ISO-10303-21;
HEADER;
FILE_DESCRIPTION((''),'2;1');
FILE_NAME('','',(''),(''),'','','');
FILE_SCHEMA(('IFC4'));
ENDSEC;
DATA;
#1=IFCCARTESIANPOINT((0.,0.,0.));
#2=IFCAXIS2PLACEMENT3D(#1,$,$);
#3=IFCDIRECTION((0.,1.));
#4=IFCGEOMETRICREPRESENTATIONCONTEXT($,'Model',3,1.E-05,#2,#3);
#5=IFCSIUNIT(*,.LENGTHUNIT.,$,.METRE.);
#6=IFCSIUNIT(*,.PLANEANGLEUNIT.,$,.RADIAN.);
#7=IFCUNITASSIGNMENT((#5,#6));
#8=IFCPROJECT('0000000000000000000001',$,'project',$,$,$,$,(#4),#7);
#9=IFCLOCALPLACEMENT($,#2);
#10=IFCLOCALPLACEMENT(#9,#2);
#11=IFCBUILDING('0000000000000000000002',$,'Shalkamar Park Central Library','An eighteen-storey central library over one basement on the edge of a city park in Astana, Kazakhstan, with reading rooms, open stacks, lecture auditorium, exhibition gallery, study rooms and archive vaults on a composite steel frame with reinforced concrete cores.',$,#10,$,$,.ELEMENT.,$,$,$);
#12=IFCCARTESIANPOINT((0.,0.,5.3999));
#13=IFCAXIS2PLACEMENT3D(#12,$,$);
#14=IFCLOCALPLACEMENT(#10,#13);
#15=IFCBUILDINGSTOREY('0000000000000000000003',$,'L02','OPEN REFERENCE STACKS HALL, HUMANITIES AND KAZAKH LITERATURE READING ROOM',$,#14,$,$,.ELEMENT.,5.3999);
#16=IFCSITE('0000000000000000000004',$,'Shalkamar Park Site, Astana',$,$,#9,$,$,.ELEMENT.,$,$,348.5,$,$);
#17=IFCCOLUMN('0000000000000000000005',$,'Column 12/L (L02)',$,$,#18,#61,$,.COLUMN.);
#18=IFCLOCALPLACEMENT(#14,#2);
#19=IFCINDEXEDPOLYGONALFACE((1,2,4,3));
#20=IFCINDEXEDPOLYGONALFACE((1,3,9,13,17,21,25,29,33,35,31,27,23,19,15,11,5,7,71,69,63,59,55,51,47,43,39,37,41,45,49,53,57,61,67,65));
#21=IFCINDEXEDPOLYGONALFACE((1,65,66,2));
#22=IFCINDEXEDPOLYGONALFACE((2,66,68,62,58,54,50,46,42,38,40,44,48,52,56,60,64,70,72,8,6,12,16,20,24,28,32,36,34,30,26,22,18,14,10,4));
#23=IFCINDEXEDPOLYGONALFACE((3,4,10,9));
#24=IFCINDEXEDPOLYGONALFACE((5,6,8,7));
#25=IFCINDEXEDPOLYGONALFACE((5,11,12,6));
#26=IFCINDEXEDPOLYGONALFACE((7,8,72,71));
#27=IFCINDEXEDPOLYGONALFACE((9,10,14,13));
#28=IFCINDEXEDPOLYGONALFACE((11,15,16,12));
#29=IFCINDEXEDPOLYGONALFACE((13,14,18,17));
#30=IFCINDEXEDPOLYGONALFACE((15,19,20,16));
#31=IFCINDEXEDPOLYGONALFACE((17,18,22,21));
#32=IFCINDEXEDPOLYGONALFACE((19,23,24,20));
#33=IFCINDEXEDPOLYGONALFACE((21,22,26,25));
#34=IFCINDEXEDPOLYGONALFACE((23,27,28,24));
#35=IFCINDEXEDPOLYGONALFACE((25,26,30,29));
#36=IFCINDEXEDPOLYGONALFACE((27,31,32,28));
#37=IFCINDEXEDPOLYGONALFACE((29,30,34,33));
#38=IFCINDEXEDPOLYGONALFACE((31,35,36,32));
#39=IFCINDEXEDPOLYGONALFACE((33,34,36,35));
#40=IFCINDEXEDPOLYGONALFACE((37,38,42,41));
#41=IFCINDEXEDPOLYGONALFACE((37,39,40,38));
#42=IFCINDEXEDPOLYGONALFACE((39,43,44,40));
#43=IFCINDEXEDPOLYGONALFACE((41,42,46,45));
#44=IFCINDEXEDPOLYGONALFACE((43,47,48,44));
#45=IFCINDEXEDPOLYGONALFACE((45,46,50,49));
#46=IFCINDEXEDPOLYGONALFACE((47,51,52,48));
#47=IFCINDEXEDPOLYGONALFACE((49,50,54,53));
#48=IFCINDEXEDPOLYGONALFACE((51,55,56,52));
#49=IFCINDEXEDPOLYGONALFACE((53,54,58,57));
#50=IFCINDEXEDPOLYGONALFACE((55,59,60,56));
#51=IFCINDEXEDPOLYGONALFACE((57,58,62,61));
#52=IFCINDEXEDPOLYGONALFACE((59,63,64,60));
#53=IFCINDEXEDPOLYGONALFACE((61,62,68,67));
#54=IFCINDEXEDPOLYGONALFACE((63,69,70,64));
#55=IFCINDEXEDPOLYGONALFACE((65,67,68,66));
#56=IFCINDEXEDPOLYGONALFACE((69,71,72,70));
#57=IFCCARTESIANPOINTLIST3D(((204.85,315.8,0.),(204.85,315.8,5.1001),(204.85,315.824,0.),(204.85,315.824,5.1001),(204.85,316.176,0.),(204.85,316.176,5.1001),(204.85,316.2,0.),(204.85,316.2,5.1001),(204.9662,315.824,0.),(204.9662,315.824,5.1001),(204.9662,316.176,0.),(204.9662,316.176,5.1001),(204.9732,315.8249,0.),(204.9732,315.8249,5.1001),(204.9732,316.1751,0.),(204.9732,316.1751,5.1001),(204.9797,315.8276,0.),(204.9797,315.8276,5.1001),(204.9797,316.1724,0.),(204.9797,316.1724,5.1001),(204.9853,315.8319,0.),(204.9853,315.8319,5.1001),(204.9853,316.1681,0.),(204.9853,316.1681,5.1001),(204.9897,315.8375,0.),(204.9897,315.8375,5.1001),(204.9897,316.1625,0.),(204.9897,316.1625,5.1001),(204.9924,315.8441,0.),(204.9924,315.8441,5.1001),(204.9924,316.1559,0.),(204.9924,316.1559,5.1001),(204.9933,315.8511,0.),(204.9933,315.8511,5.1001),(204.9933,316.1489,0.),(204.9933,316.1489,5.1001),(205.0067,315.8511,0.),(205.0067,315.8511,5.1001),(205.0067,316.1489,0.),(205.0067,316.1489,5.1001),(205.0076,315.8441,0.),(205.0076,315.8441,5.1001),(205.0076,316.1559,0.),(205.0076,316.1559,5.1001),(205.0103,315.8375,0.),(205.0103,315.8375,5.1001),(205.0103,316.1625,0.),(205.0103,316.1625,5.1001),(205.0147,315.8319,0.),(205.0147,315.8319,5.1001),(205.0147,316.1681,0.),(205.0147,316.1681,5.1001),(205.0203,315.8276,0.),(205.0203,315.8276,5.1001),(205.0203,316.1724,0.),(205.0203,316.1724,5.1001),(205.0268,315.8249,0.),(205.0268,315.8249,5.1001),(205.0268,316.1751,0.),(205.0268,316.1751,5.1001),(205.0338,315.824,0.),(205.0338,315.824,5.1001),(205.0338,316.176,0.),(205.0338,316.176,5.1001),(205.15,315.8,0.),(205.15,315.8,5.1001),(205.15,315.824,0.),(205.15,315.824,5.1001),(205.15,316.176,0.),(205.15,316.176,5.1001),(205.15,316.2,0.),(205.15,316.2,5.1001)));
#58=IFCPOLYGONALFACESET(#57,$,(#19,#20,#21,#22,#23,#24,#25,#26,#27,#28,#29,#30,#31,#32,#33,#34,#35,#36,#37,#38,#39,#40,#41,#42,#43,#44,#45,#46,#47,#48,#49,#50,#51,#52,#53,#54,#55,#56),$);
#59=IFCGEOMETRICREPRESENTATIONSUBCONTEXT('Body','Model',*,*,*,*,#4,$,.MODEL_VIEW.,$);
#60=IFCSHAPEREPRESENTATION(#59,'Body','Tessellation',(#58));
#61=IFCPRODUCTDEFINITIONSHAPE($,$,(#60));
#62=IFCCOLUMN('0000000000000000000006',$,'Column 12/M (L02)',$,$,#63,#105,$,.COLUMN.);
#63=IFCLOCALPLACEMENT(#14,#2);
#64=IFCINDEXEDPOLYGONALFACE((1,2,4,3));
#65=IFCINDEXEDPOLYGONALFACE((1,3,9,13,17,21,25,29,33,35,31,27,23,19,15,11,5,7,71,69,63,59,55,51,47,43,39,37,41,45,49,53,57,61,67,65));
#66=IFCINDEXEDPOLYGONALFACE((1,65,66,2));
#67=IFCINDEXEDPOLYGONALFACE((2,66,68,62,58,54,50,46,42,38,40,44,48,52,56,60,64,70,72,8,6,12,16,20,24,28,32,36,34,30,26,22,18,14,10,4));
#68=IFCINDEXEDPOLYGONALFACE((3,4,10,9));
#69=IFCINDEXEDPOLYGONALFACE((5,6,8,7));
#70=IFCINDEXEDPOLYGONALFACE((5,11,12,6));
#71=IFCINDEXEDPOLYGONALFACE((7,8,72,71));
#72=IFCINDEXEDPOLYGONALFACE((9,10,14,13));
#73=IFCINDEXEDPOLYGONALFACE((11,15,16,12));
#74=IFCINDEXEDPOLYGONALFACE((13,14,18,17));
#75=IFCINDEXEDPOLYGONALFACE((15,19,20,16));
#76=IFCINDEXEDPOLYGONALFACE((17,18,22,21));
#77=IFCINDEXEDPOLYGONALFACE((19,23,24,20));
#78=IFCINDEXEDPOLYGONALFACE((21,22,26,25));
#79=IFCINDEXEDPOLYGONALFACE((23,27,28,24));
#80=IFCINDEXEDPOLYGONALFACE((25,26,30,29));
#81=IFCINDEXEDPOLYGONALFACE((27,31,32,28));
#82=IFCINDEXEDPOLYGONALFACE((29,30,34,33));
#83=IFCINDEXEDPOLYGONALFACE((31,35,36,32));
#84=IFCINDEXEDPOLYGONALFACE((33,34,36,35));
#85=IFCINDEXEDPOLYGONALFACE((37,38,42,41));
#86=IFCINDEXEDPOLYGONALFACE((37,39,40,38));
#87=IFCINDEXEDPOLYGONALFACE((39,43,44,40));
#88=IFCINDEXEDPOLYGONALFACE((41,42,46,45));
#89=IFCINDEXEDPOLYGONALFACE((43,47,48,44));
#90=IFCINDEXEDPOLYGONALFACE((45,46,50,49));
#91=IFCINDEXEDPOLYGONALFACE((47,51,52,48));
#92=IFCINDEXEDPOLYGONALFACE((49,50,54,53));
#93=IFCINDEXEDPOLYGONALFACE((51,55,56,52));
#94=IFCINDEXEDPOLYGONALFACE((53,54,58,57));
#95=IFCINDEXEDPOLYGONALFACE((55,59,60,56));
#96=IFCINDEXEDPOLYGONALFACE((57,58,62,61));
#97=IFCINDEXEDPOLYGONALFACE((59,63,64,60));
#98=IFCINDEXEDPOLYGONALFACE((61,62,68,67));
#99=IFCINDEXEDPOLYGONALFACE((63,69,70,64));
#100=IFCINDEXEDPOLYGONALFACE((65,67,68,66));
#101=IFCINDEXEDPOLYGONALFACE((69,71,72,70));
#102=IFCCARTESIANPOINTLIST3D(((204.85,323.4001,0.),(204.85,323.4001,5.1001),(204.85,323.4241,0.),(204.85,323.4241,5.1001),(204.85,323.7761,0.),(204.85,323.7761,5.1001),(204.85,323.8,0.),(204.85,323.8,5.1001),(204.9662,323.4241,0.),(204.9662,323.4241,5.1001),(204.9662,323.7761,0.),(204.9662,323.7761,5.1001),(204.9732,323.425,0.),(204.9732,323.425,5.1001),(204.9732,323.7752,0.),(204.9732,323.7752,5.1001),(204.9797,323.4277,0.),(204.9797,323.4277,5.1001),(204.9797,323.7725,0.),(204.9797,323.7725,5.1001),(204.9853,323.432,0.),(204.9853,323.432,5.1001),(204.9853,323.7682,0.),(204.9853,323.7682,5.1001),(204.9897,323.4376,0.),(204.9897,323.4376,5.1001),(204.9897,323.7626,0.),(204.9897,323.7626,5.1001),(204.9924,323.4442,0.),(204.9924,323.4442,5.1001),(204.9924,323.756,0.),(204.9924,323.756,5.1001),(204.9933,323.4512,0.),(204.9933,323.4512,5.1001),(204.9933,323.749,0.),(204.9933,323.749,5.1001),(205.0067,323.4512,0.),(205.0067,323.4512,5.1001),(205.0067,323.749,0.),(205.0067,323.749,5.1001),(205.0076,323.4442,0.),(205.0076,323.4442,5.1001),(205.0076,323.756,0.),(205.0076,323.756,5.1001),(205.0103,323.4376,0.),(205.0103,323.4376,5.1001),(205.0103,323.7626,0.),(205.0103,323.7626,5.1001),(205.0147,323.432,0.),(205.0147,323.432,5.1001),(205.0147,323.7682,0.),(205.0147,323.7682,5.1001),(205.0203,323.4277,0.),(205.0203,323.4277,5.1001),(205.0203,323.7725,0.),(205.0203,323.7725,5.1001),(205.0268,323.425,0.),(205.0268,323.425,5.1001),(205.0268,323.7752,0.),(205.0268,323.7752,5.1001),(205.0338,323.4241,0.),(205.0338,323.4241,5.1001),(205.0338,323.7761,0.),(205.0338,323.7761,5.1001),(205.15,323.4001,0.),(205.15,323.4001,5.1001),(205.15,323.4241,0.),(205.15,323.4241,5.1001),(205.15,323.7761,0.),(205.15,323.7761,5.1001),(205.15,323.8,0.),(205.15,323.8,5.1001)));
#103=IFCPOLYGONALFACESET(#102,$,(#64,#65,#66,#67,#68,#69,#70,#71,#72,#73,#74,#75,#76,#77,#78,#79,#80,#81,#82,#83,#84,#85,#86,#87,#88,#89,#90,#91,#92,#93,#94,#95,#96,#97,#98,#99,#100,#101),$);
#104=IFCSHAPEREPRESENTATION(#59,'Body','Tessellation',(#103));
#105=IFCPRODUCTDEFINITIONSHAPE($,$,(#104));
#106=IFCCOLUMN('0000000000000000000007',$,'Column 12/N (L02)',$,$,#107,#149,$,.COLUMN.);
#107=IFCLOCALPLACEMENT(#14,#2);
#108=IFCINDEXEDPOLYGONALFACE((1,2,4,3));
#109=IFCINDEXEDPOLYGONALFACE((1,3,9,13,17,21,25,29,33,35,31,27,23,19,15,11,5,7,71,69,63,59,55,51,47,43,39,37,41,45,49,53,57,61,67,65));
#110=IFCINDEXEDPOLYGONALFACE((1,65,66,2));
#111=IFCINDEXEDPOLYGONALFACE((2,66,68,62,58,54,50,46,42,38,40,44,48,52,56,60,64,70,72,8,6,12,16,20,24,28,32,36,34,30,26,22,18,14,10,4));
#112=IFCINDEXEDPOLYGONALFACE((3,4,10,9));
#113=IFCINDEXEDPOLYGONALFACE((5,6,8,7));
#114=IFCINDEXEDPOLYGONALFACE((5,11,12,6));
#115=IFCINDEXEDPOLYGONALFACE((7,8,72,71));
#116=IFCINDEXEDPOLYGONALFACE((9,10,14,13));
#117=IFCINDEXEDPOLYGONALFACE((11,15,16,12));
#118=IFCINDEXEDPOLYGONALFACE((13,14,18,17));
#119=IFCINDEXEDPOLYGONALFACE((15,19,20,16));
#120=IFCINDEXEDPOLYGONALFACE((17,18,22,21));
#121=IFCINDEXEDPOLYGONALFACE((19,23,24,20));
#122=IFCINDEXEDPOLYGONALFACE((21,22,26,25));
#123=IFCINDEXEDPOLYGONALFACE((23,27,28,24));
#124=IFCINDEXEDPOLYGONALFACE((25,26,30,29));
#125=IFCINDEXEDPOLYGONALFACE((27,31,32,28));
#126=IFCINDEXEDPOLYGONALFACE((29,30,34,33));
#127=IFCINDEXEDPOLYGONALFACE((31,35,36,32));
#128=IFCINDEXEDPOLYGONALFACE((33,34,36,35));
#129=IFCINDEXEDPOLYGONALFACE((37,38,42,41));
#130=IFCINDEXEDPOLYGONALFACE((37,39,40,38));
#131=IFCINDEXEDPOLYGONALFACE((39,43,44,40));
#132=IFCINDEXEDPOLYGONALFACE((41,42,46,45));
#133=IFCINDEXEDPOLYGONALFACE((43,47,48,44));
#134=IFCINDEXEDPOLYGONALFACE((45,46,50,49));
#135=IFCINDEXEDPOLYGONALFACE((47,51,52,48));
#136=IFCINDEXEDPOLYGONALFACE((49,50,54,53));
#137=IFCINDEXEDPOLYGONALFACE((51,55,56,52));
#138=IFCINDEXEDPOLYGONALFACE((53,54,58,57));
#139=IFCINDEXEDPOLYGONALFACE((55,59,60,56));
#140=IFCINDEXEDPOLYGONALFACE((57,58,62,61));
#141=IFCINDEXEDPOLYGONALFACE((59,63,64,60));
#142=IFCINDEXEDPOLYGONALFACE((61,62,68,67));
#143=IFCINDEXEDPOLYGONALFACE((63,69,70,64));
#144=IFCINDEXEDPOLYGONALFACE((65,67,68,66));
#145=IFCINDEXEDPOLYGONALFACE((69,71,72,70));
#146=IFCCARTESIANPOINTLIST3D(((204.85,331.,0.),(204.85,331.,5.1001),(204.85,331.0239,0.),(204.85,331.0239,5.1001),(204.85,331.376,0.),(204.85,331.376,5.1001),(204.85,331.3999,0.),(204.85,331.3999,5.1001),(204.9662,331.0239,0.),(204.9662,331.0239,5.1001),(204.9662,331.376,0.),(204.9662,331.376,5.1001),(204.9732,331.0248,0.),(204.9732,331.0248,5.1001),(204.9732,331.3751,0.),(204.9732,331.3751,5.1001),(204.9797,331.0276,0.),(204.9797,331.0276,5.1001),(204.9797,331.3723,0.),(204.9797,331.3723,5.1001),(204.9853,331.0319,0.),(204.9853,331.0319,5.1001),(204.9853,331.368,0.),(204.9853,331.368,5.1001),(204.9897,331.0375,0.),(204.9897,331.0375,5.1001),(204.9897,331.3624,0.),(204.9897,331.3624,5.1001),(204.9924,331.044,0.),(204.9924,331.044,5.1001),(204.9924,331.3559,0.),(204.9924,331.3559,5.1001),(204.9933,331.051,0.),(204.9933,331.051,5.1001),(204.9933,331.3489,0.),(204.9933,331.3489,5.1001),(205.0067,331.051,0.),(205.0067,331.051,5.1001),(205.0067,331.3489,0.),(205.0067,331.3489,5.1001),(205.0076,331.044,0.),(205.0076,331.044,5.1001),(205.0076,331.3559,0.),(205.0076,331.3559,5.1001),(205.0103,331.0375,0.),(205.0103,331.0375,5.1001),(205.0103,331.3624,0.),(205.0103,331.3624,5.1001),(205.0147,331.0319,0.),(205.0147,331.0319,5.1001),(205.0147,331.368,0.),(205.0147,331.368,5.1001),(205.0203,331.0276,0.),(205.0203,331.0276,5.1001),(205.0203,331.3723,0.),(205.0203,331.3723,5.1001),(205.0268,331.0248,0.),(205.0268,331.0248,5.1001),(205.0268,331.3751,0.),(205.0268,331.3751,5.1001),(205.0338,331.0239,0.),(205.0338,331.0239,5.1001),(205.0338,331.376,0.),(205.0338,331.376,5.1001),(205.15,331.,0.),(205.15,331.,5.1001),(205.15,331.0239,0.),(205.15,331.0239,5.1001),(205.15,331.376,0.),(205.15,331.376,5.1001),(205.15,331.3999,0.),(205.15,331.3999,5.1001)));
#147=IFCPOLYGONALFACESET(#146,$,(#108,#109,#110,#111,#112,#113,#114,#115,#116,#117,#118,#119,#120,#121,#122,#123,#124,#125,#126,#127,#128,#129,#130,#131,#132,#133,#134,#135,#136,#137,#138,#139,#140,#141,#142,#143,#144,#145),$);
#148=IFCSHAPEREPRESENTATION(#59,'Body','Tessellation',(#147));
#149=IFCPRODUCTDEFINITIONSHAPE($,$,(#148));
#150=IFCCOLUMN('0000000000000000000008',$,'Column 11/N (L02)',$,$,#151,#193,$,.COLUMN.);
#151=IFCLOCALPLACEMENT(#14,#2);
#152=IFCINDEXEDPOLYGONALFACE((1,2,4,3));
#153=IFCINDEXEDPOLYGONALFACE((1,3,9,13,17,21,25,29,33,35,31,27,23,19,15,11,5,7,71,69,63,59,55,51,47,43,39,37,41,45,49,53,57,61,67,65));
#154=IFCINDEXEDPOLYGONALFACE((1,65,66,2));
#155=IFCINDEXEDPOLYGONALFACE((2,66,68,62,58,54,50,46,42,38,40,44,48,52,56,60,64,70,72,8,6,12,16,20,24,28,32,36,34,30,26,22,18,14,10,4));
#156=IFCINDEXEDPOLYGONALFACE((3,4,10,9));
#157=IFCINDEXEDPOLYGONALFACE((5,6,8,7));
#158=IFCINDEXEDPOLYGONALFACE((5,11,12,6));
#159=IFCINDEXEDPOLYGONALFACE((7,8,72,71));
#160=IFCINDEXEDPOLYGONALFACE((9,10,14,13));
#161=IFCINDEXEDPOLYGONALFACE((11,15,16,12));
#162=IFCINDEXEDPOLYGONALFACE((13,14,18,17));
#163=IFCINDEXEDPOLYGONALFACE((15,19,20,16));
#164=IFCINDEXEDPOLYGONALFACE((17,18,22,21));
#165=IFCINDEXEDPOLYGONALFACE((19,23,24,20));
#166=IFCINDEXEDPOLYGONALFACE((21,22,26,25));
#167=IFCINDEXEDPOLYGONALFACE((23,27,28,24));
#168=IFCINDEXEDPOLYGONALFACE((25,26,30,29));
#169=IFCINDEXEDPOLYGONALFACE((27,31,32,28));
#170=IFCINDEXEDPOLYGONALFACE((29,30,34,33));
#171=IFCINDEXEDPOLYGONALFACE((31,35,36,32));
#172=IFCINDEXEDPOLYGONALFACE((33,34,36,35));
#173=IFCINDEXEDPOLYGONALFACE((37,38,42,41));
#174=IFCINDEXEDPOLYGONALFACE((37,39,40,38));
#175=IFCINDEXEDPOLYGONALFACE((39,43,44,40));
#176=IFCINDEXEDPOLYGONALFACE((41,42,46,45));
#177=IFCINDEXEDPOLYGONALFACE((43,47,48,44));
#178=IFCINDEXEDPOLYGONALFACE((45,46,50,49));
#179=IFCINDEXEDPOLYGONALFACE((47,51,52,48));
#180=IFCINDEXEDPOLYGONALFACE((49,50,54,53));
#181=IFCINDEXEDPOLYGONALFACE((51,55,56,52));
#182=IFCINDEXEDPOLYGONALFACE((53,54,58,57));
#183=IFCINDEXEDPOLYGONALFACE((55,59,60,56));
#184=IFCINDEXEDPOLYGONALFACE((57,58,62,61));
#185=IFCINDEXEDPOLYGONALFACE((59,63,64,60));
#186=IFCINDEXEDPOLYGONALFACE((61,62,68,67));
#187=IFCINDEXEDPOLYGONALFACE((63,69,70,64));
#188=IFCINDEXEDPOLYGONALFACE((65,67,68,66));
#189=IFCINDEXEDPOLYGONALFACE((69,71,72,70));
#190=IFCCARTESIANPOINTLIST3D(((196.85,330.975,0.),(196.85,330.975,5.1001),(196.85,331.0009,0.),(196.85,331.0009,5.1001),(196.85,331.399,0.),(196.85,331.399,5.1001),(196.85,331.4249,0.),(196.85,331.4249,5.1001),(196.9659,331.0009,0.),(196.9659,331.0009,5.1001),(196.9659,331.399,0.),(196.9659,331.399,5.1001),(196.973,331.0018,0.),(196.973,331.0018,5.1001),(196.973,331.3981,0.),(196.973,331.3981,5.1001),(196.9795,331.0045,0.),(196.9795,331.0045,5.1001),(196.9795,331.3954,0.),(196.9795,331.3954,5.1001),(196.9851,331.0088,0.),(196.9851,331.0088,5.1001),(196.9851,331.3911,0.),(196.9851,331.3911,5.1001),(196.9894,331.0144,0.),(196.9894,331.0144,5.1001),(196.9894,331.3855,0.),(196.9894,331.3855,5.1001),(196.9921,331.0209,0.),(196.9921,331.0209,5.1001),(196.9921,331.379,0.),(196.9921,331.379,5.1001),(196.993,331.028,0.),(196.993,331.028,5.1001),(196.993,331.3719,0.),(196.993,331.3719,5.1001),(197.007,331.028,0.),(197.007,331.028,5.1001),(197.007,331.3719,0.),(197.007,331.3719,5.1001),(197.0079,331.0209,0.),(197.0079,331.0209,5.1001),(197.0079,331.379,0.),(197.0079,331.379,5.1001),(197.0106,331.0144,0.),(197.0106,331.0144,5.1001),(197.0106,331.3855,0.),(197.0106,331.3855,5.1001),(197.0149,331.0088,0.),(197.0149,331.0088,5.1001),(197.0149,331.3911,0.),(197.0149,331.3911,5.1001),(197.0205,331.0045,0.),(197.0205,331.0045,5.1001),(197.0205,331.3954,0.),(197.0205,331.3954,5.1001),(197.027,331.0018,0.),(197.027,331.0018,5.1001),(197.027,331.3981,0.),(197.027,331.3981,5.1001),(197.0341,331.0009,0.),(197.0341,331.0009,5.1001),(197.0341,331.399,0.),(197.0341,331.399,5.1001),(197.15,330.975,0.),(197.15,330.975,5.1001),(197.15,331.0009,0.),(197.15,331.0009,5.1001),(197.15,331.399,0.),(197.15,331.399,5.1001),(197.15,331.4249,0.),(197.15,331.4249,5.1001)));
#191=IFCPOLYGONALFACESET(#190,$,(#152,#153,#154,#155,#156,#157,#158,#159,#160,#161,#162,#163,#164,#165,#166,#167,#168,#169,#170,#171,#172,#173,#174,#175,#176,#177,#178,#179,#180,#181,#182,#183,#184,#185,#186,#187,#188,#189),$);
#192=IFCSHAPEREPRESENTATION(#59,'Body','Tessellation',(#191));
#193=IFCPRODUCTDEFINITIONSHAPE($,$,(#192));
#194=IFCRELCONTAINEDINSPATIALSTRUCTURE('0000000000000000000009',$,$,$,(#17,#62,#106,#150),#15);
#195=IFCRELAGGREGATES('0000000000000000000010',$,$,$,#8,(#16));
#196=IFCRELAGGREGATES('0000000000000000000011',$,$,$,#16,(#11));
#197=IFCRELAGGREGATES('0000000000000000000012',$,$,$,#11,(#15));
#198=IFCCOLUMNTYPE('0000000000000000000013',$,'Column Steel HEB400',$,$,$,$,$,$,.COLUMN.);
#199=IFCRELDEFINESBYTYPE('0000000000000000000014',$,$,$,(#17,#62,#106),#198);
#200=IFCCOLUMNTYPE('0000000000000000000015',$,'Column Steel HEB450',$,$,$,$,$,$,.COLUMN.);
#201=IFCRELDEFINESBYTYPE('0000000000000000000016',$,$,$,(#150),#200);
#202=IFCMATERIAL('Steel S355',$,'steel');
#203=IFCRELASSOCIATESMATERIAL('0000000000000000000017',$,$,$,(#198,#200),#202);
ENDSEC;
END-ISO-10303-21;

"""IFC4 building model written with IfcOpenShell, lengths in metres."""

from ifc_helpers import new_model, si_unit, direction, frame, origin, origin_2d, place, context, subcontext, project, spatial, i_section, extrude, material, material_profile, profile_set, type_object, element, save


model = new_model("IFC4")

# Units and contexts
model_context = context("Model", 3, precision=1e-05, world=origin(), true_north=direction((0.0, 1.0)))
body_context = subcontext(model_context, "Body", "Model", "MODEL_VIEW")
ifc_project = project(units=[si_unit("LENGTHUNIT", "METRE"), si_unit("PLANEANGLEUNIT", "RADIAN")], contexts=[model_context])

# Site, building, storey
site_placement = place(None, origin())
site = spatial("IfcSite", under=ifc_project, at=site_placement, Name="Shalkamar Park Site, Astana", CompositionType="ELEMENT", RefElevation=348.5)
building_placement = place(site_placement, origin())
building = spatial("IfcBuilding", under=site, at=building_placement, Name="Shalkamar Park Central Library", Description="An eighteen-storey central library over one basement on the edge of a city park in Astana, Kazakhstan, with reading rooms, open stacks, lecture auditorium, exhibition gallery, study rooms and archive vaults on a composite steel frame with reinforced concrete cores.", CompositionType="ELEMENT")
storey_placement = place(building_placement, frame((0.0, 0.0, 5.3999)))
storey = spatial("IfcBuildingStorey", under=building, at=storey_placement, Name="L02", Description="OPEN REFERENCE STACKS HALL, HUMANITIES AND KAZAKH LITERATURE READING ROOM", CompositionType="ELEMENT", Elevation=5.3999)

# Columns
ifc_material = material(Name="Steel S355", Category="steel")
ifc_material_profile_1 = material_profile(ifc_material, i_section(OverallWidth=0.3, OverallDepth=0.3999, WebThickness=0.0134, FlangeThickness=0.0239, FilletRadius=0.0271, at=origin_2d()), Name="HEB 400")
ifc_profile_set_1 = profile_set([ifc_material_profile_1], Name="Steel S355")
column_type_1 = type_object("IfcColumnType", Name="Column Steel HEB400", PredefinedType="COLUMN", material=ifc_profile_set_1)
for number, where, z_axis, x_axis, name in (
    (1, (205.0, 316.0, 0.0), (0.0, 0.0, 1.0), (1.0, 0.0, 0.0), "Column 12/L (L02)"),
    (2, (205.0, 323.6001, 0.0), (0.0, 0.0, 1.0), (1.0, 0.0, 0.0), "Column 12/M (L02)"),
    (3, (205.0, 331.2, 0.0), (0.0, 0.0, 1.0), (1.0, 0.0, 0.0), "Column 12/N (L02)"),
):
    element("IfcColumn", number, at=place(storey_placement, frame(where, z_axis=z_axis, x_axis=x_axis)), inside=storey, type_object=column_type_1, Name=name, PredefinedType="COLUMN", context=body_context, shape_type="SweptSolid", body=[
        extrude(i_section(OverallWidth=0.3, OverallDepth=0.3999, WebThickness=0.0134, FlangeThickness=0.0239, FilletRadius=0.0271, at=origin_2d()), origin(), (0.0, 0.0, 1.0), 5.1001),
    ])
ifc_material_profile_2 = material_profile(ifc_material, i_section(OverallWidth=0.3, OverallDepth=0.45, WebThickness=0.0139, FlangeThickness=0.0259, FilletRadius=0.0271, at=origin_2d()), Name="HEB 450")
ifc_profile_set_2 = profile_set([ifc_material_profile_2], Name="Steel S355")
column_type_2 = type_object("IfcColumnType", Name="Column Steel HEB450", PredefinedType="COLUMN", material=ifc_profile_set_2)
for number, where, z_axis, x_axis, name in (
    (4, (197.0, 331.2, 0.0), (0.0, 0.0, 1.0), (1.0, 0.0, 0.0), "Column 11/N (L02)"),
):
    element("IfcColumn", number, at=place(storey_placement, frame(where, z_axis=z_axis, x_axis=x_axis)), inside=storey, type_object=column_type_2, Name=name, PredefinedType="COLUMN", context=body_context, shape_type="SweptSolid", body=[
        extrude(i_section(OverallWidth=0.3, OverallDepth=0.45, WebThickness=0.0139, FlangeThickness=0.0259, FilletRadius=0.0271, at=origin_2d()), origin(), (0.0, 0.0, 1.0), 5.1001),
    ])

save(model, "model.ifc")
